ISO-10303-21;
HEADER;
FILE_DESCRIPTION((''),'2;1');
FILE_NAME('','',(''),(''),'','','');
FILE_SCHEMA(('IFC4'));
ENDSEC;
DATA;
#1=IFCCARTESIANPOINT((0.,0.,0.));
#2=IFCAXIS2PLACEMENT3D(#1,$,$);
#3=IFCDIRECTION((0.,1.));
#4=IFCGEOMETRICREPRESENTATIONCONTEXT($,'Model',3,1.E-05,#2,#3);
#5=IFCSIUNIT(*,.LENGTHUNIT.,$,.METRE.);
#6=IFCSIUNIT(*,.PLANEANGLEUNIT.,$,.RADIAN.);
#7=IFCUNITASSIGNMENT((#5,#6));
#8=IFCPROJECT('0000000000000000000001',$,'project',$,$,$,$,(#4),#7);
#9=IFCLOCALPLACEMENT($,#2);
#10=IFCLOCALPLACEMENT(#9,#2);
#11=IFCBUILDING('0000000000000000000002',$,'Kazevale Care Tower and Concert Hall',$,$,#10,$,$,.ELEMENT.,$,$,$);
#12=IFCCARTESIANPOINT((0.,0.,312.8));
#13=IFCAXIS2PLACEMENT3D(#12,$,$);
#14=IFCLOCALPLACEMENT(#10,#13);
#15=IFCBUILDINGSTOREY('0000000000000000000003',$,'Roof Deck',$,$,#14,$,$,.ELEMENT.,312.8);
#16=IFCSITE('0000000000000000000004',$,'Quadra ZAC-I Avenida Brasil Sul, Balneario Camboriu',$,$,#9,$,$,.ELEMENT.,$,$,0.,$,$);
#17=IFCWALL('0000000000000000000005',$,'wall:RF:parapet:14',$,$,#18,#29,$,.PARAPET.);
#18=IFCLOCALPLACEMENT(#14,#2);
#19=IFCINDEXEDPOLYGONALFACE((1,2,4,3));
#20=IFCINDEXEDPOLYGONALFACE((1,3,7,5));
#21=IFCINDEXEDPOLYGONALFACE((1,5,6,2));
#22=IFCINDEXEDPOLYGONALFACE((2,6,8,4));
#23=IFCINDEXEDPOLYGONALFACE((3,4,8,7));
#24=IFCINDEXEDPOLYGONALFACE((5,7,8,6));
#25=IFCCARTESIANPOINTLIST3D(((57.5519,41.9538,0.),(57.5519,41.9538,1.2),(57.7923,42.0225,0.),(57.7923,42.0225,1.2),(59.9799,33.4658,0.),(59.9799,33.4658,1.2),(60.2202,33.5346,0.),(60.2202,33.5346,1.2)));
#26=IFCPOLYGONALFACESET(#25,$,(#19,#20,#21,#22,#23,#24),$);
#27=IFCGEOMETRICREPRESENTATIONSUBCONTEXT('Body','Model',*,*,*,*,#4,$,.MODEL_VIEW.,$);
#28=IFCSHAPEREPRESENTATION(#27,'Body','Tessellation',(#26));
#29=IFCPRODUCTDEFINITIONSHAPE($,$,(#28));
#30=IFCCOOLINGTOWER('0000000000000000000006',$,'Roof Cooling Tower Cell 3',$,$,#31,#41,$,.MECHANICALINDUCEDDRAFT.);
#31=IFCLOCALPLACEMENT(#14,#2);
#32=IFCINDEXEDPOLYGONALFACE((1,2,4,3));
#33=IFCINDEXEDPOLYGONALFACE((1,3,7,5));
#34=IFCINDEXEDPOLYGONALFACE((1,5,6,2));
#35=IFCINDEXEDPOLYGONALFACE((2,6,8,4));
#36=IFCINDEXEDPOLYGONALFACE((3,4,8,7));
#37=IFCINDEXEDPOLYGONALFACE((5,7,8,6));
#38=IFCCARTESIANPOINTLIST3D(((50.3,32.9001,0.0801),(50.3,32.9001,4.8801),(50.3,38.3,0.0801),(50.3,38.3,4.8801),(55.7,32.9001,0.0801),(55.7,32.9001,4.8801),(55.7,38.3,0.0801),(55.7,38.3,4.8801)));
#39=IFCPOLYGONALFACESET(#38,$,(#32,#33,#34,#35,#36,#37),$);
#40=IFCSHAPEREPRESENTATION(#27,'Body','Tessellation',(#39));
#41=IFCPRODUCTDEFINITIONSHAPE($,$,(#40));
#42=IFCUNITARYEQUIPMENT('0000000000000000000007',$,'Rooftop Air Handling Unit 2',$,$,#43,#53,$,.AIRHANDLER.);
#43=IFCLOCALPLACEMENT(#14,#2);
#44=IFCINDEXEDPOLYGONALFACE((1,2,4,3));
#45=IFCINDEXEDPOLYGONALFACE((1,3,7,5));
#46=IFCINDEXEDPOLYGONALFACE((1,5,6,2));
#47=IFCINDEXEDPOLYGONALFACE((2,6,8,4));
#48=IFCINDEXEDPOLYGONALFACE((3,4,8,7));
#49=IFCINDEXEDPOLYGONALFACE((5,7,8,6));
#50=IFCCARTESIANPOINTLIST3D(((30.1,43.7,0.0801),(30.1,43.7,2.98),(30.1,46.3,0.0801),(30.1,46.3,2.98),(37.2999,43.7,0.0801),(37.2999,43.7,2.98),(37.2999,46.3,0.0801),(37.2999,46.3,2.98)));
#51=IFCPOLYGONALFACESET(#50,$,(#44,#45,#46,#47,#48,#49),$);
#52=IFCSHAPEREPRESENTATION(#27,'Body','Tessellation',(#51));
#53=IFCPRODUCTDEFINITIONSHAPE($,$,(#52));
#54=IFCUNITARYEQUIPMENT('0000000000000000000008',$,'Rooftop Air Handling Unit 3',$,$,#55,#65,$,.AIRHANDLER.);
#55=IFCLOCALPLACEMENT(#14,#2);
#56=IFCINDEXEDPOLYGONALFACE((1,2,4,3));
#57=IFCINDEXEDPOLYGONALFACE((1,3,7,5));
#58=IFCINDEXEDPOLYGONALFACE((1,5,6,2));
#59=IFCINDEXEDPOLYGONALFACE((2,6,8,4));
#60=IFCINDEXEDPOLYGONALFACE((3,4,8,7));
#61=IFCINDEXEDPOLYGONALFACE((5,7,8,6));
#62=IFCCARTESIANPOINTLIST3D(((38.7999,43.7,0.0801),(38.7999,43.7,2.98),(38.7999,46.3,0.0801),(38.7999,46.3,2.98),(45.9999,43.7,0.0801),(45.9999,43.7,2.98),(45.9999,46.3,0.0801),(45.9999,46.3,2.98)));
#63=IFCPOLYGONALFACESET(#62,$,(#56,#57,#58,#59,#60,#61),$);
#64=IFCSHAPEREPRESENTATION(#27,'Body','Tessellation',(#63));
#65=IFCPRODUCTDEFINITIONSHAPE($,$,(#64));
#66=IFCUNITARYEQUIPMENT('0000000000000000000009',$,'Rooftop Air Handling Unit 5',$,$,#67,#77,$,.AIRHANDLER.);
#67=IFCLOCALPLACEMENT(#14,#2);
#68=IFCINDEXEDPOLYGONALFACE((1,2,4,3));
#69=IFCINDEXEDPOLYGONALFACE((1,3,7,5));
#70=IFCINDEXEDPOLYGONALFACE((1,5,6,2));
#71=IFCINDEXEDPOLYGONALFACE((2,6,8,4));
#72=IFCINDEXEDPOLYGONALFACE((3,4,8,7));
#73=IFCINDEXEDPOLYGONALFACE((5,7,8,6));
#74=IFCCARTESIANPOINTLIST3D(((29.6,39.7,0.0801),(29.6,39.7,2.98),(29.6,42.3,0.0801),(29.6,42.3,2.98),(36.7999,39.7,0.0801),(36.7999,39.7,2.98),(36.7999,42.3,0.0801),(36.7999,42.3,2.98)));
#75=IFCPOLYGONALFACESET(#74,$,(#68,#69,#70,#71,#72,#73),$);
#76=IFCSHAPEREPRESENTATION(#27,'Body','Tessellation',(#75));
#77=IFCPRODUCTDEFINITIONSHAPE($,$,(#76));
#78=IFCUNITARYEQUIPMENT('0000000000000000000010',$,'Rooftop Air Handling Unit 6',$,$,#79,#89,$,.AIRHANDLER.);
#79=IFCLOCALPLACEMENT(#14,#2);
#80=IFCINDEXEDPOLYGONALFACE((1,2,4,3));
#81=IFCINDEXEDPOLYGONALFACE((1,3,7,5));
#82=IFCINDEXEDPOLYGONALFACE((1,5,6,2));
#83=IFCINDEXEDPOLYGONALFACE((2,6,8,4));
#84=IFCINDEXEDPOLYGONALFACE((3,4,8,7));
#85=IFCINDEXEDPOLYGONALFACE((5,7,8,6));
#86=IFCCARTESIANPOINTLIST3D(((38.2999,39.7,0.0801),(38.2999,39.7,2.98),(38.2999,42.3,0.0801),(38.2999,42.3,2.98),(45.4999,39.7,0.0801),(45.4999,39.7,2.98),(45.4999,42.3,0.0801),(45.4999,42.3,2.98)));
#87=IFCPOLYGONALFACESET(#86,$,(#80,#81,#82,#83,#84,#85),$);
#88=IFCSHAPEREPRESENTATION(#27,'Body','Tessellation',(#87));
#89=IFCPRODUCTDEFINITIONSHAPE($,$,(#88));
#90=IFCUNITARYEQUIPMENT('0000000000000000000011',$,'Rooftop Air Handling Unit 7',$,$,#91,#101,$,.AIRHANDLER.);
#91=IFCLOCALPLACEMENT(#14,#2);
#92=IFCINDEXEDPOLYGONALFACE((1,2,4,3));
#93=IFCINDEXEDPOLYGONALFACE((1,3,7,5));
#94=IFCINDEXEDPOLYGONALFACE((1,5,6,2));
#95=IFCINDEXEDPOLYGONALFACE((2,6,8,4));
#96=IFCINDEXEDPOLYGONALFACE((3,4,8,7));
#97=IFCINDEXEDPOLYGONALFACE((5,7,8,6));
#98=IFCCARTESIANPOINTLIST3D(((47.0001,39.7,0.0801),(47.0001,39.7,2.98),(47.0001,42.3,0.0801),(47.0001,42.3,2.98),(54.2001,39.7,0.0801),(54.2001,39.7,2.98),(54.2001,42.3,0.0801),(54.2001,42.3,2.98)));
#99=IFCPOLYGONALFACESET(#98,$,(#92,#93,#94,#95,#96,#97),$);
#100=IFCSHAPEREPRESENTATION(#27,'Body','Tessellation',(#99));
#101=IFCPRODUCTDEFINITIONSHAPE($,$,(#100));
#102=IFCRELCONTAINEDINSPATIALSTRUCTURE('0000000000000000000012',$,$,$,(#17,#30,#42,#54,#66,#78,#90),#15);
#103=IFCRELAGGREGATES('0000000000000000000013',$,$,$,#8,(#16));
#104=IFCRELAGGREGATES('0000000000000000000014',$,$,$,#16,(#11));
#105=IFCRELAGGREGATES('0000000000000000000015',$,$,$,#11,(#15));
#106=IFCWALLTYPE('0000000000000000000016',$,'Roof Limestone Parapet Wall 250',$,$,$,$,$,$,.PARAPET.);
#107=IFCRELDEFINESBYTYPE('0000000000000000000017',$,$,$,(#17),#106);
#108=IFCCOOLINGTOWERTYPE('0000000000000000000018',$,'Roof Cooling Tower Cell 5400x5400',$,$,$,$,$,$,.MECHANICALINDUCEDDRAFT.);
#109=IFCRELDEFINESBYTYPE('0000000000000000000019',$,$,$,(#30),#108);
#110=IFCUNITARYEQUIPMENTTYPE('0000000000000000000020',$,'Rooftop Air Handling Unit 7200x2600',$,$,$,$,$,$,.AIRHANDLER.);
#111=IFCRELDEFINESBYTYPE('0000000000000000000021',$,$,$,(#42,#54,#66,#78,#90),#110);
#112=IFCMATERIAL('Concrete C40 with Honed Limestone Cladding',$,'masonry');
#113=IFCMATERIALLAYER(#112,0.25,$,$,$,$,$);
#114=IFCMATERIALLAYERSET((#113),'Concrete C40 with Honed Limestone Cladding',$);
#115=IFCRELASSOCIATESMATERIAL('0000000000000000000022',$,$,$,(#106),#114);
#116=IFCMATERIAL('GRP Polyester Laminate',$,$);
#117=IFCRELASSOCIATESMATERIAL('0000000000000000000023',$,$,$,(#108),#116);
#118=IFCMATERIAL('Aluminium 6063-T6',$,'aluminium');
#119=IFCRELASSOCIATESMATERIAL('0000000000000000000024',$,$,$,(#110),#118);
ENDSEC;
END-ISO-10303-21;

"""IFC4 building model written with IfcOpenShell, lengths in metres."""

from ifc_helpers import new_model, si_unit, direction, frame, frame_2d, origin, origin_2d, place, context, subcontext, project, spatial, rectangle, extrude, material, layer, layer_set, type_object, element, save


model = new_model("IFC4")

# Units and contexts
model_context = context("Model", 3, precision=1e-05, world=origin(), true_north=direction((0.0, 1.0)))
body_context = subcontext(model_context, "Body", "Model", "MODEL_VIEW")
ifc_project = project(units=[si_unit("LENGTHUNIT", "METRE"), si_unit("PLANEANGLEUNIT", "RADIAN")], contexts=[model_context])

# Site, building, storey
site_placement = place(None, origin())
site = spatial("IfcSite", under=ifc_project, at=site_placement, Name="Quadra ZAC-I Avenida Brasil Sul, Balneario Camboriu", CompositionType="ELEMENT", RefElevation=0.0)
building_placement = place(site_placement, origin())
building = spatial("IfcBuilding", under=site, at=building_placement, Name="Kazevale Care Tower and Concert Hall", CompositionType="ELEMENT")
storey_placement = place(building_placement, frame((0.0, 0.0, 312.8)))
storey = spatial("IfcBuildingStorey", under=building, at=storey_placement, Name="Roof Deck", CompositionType="ELEMENT", Elevation=312.8)

# Wall
ifc_material_1 = material(Name="Concrete C40 with Honed Limestone Cladding", Category="masonry")
ifc_layer_1 = layer(ifc_material_1, 0.25)
ifc_layer_set_1 = layer_set([ifc_layer_1], Name="Concrete C40 with Honed Limestone Cladding")
wall_type = type_object("IfcWallType", Name="Roof Limestone Parapet Wall 250", PredefinedType="PARAPET", material=ifc_layer_set_1)
wall_1_placement = place(storey_placement, frame((57.6721, 41.988, 0.0), z_axis=(0.0, 0.0, 1.0), x_axis=(0.275017, -0.961439, 0.0)))
element("IfcWall", 1, at=wall_1_placement, inside=storey, type_object=wall_type, Name="wall:RF:parapet:14", PredefinedType="PARAPET", context=body_context, shape_type="SweptSolid", body=[
    extrude(rectangle(XDim=8.8284, YDim=0.25, at=frame_2d((4.4141, 0.0))), origin(), (0.0, 0.0, 1.0), 1.2),
])

# Cooling tower
ifc_material_2 = material(Name="GRP Polyester Laminate")
cooling_tower_type = type_object("IfcCoolingTowerType", Name="Roof Cooling Tower Cell 5400x5400", PredefinedType="MECHANICALINDUCEDDRAFT", material=ifc_material_2)
cooling_tower_placement = place(storey_placement, frame((53.0, 35.6001, 0.0801), z_axis=(0.0, 0.0, 1.0), x_axis=(1.0, 0.0, 0.0)))
element("IfcCoolingTower", 2, at=cooling_tower_placement, inside=storey, type_object=cooling_tower_type, Name="Roof Cooling Tower Cell 3", PredefinedType="MECHANICALINDUCEDDRAFT", context=body_context, shape_type="SweptSolid", body=[
    extrude(rectangle(XDim=5.3999, YDim=5.3999, at=origin_2d()), origin(), (0.0, 0.0, 1.0), 4.8),
])

# Unitary equipment
ifc_material_3 = material(Name="Aluminium 6063-T6", Category="aluminium")
unitary_equipment_type = type_object("IfcUnitaryEquipmentType", Name="Rooftop Air Handling Unit 7200x2600", PredefinedType="AIRHANDLER", material=ifc_material_3)
for number, where, z_axis, x_axis, name in (
    (3, (33.7, 45.0, 0.0801), (0.0, 0.0, 1.0), (1.0, 0.0, 0.0), "Rooftop Air Handling Unit 2"),
    (4, (42.3999, 45.0, 0.0801), (0.0, 0.0, 1.0), (1.0, 0.0, 0.0), "Rooftop Air Handling Unit 3"),
    (5, (33.2, 41.0, 0.0801), (0.0, 0.0, 1.0), (1.0, 0.0, 0.0), "Rooftop Air Handling Unit 5"),
    (6, (41.8999, 41.0, 0.0801), (0.0, 0.0, 1.0), (1.0, 0.0, 0.0), "Rooftop Air Handling Unit 6"),
    (7, (50.6001, 41.0, 0.0801), (0.0, 0.0, 1.0), (1.0, 0.0, 0.0), "Rooftop Air Handling Unit 7"),
):
    element("IfcUnitaryEquipment", number, at=place(storey_placement, frame(where, z_axis=z_axis, x_axis=x_axis)), inside=storey, type_object=unitary_equipment_type, Name=name, PredefinedType="AIRHANDLER", context=body_context, shape_type="SweptSolid", body=[
        extrude(rectangle(XDim=7.2, YDim=2.6001, at=origin_2d()), origin(), (0.0, 0.0, 1.0), 2.8999),
    ])

save(model, "model.ifc")
